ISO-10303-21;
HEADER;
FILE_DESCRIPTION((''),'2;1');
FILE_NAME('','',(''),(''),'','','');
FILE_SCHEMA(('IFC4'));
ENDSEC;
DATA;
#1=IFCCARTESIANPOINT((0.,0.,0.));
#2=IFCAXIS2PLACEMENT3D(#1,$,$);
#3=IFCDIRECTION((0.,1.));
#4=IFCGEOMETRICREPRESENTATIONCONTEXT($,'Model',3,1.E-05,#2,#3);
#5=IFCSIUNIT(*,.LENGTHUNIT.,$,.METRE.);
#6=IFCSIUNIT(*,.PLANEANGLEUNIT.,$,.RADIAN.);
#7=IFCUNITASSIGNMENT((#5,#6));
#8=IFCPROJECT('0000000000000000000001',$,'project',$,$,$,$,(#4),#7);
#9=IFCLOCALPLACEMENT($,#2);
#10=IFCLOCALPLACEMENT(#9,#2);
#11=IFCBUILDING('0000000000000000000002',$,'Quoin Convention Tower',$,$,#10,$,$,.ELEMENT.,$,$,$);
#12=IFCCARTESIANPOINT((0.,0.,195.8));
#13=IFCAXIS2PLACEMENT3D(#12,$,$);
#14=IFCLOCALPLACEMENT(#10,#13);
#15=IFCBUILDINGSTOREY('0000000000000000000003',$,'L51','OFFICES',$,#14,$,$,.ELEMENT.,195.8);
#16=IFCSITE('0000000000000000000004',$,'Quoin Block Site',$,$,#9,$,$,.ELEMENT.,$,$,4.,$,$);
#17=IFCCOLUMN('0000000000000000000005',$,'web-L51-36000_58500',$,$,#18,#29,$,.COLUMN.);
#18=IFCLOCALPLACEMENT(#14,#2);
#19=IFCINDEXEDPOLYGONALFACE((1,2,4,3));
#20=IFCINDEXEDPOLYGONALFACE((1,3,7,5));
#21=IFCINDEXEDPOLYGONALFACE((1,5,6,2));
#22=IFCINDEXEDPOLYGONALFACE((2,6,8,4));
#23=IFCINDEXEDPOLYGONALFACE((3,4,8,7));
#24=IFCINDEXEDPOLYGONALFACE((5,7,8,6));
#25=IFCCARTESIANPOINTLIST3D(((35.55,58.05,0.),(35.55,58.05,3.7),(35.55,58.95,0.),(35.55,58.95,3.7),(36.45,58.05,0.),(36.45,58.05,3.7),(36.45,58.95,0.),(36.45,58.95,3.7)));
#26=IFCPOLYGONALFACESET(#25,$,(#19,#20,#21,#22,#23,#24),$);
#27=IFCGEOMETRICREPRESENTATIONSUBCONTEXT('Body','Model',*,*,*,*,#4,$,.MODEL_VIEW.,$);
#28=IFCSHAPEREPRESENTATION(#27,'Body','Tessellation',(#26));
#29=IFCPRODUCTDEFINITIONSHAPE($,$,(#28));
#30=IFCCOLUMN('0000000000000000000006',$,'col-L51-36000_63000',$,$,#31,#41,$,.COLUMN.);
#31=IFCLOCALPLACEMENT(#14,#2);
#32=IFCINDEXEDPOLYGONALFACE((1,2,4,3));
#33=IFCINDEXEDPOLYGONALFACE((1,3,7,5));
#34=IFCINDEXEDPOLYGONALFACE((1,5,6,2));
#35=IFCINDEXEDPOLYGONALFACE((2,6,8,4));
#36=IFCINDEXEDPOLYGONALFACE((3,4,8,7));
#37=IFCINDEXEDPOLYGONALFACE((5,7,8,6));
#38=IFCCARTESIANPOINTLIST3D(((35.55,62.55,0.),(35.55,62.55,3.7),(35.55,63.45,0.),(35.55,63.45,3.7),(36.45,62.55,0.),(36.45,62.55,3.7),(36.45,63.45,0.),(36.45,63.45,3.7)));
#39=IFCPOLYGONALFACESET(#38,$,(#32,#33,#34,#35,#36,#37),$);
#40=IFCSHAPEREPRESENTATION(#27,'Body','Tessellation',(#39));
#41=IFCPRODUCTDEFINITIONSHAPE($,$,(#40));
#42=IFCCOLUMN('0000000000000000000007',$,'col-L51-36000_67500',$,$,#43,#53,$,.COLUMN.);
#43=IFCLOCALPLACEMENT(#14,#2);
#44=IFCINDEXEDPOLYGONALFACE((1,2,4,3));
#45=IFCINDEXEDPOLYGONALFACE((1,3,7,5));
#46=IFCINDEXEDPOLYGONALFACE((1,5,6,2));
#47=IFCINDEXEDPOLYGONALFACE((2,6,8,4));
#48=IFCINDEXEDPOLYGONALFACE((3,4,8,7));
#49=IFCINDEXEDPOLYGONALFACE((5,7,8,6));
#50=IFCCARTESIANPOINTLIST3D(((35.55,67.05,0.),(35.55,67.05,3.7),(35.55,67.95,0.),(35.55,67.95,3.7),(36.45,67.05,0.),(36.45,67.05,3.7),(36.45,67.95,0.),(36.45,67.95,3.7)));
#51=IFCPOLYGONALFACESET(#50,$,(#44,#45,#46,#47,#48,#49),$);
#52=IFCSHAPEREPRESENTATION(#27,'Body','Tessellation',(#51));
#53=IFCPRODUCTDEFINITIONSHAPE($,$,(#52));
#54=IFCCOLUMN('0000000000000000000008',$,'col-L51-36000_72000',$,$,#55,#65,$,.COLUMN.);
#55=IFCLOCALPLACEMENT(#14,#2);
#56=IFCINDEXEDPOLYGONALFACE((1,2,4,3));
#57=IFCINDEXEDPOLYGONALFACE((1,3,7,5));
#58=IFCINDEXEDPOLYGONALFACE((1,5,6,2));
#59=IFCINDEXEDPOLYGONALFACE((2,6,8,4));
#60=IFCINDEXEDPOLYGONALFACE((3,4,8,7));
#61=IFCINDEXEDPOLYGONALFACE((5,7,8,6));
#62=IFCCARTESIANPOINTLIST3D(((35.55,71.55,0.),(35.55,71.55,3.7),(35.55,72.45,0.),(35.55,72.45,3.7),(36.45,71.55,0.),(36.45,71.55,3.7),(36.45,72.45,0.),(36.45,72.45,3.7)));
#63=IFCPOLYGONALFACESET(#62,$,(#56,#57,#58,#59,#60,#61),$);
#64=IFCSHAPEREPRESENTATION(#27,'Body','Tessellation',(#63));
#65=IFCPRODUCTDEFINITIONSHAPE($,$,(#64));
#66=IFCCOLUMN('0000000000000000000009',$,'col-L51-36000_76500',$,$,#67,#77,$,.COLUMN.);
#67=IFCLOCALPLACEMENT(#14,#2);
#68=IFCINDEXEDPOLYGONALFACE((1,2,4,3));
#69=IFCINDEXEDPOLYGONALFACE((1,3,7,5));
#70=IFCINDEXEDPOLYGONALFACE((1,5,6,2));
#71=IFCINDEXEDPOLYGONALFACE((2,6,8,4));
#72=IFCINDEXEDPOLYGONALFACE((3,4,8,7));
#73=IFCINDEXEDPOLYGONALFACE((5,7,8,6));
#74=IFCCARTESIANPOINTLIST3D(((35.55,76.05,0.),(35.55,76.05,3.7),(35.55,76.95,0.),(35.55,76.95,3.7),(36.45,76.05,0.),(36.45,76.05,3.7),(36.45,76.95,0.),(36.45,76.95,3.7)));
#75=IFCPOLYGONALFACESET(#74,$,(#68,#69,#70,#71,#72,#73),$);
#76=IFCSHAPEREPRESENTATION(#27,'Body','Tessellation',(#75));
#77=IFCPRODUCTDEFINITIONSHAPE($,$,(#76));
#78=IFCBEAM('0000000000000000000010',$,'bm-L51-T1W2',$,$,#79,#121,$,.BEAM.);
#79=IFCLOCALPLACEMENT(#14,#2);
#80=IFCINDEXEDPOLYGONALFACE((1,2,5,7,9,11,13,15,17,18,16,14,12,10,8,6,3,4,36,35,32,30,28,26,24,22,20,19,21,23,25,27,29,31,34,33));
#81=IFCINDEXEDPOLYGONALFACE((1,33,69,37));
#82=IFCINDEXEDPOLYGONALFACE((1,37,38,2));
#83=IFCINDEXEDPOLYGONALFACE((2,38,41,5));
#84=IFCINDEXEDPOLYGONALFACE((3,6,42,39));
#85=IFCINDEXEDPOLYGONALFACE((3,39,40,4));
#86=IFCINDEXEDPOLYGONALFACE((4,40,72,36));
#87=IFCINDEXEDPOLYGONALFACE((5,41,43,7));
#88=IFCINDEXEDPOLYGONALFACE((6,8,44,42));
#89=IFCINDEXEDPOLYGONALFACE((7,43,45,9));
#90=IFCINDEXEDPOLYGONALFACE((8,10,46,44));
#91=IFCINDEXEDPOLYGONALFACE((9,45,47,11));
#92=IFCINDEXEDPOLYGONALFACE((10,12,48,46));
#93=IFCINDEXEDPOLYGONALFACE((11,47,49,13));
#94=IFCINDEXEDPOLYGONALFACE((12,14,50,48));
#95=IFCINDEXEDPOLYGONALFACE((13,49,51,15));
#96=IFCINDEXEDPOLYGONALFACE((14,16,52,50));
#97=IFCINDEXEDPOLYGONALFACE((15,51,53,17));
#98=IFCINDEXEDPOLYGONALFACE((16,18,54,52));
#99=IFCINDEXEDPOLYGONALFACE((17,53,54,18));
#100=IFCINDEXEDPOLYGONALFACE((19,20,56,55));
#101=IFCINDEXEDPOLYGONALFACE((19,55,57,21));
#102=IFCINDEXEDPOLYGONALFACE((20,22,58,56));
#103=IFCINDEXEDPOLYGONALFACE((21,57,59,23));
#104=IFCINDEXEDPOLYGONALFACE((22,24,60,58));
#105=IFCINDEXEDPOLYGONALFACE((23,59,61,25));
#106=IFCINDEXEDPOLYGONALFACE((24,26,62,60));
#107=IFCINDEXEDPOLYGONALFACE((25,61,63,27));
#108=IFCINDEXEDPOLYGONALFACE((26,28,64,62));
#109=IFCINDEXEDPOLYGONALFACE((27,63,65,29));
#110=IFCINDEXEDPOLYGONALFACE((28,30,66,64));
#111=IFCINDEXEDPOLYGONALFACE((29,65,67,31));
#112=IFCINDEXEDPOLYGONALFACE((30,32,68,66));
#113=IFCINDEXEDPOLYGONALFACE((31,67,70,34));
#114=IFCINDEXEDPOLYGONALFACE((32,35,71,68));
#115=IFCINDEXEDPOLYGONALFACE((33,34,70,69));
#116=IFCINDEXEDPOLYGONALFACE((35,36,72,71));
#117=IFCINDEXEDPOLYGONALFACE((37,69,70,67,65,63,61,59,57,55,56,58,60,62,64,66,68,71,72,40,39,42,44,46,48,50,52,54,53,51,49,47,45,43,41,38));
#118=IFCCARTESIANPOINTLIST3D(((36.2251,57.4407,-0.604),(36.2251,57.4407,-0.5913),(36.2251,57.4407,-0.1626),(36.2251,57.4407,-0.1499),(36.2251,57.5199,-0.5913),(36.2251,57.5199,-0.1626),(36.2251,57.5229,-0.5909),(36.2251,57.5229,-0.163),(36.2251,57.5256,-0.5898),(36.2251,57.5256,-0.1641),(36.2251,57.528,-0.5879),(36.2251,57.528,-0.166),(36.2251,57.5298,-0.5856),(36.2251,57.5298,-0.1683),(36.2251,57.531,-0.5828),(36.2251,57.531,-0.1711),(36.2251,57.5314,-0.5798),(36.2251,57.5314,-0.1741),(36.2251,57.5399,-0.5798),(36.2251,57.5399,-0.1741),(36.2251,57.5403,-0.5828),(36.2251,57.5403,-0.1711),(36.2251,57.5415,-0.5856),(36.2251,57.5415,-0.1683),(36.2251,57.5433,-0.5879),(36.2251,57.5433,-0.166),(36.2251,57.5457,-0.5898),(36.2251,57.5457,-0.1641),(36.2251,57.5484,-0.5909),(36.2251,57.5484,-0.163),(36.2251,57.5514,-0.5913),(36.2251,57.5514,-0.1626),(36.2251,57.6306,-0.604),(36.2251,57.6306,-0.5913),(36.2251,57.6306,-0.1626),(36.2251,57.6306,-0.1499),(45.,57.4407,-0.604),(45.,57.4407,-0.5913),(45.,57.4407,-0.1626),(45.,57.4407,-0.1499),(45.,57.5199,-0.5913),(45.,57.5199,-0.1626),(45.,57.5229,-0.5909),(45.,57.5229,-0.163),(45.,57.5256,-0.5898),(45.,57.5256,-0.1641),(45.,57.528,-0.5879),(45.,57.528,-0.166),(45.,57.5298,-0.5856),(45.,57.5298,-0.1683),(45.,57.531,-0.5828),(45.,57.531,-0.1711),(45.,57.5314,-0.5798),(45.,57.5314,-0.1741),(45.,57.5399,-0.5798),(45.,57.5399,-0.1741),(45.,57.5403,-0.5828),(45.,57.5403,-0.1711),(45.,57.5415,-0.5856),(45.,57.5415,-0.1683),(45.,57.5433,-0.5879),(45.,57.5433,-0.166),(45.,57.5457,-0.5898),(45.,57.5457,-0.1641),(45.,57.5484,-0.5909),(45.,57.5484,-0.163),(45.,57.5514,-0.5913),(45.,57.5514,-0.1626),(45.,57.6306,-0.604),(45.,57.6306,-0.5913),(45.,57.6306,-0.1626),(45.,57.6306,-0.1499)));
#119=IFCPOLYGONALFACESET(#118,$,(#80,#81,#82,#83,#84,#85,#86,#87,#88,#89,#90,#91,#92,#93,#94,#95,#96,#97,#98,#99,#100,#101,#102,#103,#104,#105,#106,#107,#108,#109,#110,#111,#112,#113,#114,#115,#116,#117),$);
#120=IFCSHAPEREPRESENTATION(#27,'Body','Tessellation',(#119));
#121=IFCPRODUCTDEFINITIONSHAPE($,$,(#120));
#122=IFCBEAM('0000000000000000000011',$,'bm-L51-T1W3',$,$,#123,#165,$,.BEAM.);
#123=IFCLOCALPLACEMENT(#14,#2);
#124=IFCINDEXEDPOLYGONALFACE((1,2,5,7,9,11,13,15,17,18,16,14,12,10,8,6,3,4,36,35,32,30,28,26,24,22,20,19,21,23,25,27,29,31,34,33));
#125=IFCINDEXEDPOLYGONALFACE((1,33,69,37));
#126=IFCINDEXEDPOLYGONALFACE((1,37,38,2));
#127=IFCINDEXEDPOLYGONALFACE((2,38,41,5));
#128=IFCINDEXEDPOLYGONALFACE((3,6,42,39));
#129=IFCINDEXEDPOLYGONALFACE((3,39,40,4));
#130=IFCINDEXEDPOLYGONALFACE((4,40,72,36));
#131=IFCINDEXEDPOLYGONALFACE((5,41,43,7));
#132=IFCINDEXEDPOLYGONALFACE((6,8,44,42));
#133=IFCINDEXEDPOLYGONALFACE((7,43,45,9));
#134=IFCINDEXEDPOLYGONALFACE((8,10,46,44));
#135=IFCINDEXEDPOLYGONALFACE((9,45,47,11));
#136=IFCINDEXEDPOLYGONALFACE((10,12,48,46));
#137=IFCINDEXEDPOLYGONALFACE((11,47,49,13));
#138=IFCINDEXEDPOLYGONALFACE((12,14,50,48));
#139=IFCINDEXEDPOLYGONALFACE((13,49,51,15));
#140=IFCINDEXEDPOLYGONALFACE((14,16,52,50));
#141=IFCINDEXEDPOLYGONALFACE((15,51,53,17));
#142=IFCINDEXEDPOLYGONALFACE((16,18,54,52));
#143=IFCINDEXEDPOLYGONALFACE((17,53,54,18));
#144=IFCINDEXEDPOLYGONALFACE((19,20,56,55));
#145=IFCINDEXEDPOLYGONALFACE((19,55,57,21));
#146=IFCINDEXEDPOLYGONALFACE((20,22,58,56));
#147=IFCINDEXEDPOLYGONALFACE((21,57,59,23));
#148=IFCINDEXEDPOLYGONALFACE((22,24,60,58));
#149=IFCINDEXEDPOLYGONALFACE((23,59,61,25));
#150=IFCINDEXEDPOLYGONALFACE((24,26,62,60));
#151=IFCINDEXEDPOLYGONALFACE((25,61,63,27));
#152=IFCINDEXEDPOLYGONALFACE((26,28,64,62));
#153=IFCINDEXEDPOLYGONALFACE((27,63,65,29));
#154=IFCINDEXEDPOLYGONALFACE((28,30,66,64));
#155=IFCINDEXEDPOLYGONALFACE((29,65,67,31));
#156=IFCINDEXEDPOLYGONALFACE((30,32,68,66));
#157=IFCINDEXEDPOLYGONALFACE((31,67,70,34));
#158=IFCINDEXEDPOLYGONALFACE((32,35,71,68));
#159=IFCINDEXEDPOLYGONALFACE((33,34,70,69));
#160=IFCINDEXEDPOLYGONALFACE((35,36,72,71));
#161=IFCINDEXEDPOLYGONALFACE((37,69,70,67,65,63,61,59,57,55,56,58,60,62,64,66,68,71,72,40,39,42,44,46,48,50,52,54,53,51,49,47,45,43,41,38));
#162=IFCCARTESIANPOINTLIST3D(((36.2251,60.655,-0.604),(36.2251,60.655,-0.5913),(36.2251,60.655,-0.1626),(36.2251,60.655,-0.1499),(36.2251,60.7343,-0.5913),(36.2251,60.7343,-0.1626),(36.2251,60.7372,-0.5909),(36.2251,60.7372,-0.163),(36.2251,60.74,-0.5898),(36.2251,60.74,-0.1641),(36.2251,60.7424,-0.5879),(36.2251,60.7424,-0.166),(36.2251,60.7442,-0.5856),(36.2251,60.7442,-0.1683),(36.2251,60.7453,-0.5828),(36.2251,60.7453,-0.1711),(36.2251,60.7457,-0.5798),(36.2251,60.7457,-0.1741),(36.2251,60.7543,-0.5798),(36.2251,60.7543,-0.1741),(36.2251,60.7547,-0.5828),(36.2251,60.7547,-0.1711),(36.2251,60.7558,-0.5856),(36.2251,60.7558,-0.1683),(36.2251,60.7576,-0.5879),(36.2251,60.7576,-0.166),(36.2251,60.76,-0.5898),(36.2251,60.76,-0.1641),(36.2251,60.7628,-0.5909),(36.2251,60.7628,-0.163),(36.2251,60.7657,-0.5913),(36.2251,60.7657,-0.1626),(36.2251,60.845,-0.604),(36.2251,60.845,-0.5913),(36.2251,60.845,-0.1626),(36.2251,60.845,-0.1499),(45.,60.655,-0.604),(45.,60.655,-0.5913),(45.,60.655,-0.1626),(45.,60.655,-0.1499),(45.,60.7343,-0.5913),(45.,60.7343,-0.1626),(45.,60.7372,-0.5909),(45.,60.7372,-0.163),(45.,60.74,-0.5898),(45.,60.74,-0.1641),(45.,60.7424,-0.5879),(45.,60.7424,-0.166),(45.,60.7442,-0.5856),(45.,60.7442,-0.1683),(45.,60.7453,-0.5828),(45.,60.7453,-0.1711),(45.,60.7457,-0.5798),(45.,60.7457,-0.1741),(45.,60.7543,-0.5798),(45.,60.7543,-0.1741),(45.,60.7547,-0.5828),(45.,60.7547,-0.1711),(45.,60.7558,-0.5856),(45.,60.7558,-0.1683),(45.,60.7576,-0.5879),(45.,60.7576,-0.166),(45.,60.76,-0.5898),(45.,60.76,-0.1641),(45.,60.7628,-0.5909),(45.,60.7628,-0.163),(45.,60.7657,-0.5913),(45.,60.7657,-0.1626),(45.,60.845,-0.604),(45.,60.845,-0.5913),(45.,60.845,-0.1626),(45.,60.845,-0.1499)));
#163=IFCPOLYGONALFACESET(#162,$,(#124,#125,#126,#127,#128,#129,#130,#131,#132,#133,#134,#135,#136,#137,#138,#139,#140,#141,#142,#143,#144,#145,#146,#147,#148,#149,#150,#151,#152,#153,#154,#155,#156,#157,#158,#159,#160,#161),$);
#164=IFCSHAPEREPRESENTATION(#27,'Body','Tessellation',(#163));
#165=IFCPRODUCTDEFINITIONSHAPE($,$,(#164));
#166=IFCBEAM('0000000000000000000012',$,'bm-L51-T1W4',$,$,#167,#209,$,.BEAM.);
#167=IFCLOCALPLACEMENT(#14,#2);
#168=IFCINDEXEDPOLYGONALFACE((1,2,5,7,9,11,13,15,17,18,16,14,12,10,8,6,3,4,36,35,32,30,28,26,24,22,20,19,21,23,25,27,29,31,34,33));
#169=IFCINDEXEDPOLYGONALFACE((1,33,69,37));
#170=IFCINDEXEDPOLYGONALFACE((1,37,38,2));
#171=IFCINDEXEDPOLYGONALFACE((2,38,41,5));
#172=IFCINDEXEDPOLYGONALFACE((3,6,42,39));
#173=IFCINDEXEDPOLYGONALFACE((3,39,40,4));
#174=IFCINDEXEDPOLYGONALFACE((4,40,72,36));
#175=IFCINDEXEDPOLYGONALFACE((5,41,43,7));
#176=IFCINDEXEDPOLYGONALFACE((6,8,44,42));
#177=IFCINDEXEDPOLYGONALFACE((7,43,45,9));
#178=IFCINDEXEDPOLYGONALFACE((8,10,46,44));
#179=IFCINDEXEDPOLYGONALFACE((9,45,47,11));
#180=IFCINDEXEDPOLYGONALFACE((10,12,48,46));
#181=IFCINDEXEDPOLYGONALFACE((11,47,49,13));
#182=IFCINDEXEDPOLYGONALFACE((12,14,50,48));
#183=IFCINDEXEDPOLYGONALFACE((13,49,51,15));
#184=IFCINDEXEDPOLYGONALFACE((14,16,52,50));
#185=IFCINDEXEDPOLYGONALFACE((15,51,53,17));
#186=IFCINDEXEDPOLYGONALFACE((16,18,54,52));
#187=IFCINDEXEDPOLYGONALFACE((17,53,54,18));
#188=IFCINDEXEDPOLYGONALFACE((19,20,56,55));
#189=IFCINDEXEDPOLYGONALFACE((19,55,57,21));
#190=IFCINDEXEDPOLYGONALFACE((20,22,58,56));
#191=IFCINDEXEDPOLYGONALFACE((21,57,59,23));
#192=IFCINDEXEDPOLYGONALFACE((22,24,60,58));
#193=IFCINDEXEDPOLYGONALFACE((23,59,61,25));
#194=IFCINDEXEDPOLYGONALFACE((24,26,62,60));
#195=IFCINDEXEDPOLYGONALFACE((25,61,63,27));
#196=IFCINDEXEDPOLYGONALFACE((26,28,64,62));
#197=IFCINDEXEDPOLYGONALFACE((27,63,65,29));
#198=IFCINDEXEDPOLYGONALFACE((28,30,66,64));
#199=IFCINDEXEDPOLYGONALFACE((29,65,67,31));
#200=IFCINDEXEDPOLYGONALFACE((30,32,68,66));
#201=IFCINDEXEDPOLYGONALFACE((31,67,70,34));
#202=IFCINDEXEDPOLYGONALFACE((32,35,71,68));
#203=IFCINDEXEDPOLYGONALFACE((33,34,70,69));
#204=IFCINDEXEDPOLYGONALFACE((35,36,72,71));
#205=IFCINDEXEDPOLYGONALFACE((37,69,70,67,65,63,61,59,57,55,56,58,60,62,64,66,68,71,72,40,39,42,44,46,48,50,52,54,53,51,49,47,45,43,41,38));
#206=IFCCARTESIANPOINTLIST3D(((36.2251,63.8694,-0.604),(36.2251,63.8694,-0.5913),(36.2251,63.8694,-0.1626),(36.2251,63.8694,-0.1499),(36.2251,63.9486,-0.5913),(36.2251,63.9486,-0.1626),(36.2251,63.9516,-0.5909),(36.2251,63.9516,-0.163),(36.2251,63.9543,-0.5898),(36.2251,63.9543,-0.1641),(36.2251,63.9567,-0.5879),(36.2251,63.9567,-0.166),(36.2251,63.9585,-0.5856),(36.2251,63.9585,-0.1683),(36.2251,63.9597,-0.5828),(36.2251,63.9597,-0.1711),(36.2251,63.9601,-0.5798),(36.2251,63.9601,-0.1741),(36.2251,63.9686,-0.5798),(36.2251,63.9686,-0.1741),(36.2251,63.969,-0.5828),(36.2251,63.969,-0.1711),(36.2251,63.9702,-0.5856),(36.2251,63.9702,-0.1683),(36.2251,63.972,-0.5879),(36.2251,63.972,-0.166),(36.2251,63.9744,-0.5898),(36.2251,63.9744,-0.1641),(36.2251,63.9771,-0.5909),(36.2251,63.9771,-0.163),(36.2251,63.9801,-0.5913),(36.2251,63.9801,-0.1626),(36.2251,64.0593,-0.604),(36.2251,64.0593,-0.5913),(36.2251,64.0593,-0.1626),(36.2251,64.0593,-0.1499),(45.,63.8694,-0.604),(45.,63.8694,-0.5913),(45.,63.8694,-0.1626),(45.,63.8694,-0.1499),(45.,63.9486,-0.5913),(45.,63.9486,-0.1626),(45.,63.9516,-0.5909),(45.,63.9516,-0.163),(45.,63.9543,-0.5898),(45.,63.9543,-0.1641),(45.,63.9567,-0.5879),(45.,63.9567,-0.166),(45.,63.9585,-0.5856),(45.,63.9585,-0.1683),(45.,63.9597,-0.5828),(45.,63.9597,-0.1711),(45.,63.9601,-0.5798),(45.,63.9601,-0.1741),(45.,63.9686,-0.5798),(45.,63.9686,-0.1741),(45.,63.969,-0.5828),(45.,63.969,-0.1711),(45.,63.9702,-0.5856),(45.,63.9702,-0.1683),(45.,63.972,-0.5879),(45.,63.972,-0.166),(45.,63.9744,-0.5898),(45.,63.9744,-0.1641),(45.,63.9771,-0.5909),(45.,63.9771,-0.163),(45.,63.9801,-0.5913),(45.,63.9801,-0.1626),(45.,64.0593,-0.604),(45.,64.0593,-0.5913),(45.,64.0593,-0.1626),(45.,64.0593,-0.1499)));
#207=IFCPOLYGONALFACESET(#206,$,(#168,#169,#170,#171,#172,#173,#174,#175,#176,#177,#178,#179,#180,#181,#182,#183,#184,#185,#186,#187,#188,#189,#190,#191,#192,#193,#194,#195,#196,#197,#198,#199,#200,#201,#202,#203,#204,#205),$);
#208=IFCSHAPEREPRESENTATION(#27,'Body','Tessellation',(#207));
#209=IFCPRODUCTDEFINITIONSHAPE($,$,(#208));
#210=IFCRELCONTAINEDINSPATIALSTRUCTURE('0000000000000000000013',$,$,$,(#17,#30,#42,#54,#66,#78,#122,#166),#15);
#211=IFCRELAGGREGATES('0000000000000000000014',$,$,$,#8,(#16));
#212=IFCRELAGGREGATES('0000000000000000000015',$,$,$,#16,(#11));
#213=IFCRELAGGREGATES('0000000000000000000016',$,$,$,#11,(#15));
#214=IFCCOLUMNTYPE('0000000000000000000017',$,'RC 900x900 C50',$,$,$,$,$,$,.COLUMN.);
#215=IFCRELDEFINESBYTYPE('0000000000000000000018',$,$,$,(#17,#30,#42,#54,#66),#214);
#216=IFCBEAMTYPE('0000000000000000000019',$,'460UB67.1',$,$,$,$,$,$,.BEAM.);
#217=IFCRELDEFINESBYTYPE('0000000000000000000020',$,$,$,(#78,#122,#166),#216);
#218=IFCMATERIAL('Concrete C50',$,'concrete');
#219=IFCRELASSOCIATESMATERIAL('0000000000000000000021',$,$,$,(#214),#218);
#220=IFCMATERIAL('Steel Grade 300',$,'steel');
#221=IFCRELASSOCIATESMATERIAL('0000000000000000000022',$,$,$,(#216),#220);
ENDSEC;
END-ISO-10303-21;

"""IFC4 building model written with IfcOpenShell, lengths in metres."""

from ifc_helpers import new_model, si_unit, direction, frame, origin, origin_2d, place, context, subcontext, project, spatial, rectangle, i_section, extrude, material, material_profile, profile_set, type_object, element, save


model = new_model("IFC4")

# Units and contexts
model_context = context("Model", 3, precision=1e-05, world=origin(), true_north=direction((0.0, 1.0)))
body_context = subcontext(model_context, "Body", "Model", "MODEL_VIEW")
ifc_project = project(units=[si_unit("LENGTHUNIT", "METRE"), si_unit("PLANEANGLEUNIT", "RADIAN")], contexts=[model_context])

# Site, building, storey
site_placement = place(None, origin())
site = spatial("IfcSite", under=ifc_project, at=site_placement, Name="Quoin Block Site", CompositionType="ELEMENT", RefElevation=4.0)
building_placement = place(site_placement, origin())
building = spatial("IfcBuilding", under=site, at=building_placement, Name="Quoin Convention Tower", CompositionType="ELEMENT")
storey_placement = place(building_placement, frame((0.0, 0.0, 195.8)))
storey = spatial("IfcBuildingStorey", under=building, at=storey_placement, Name="L51", Description="OFFICES", CompositionType="ELEMENT", Elevation=195.8)

# Columns
ifc_material_1 = material(Name="Concrete C50", Category="concrete")
ifc_material_profile_1 = material_profile(ifc_material_1, rectangle(XDim=0.8999, YDim=0.8999, at=origin_2d()), Name="RC 900x900")
ifc_profile_set_1 = profile_set([ifc_material_profile_1], Name="Concrete C50")
column_type = type_object("IfcColumnType", Name="RC 900x900 C50", PredefinedType="COLUMN", material=ifc_profile_set_1)
for number, where, z_axis, x_axis, name in (
    (1, (36.0, 58.5, 0.0), (0.0, 0.0, 1.0), (1.0, 0.0, 0.0), "web-L51-36000_58500"),
    (2, (36.0, 63.0, 0.0), (0.0, 0.0, 1.0), (1.0, 0.0, 0.0), "col-L51-36000_63000"),
    (3, (36.0, 67.5, 0.0), (0.0, 0.0, 1.0), (1.0, 0.0, 0.0), "col-L51-36000_67500"),
    (4, (36.0, 72.0, 0.0), (0.0, 0.0, 1.0), (1.0, 0.0, 0.0), "col-L51-36000_72000"),
    (5, (36.0, 76.5, 0.0), (0.0, 0.0, 1.0), (1.0, 0.0, 0.0), "col-L51-36000_76500"),
):
    element("IfcColumn", number, at=place(storey_placement, frame(where, z_axis=z_axis, x_axis=x_axis)), inside=storey, type_object=column_type, Name=name, PredefinedType="COLUMN", context=body_context, shape_type="SweptSolid", body=[
        extrude(rectangle(XDim=0.8999, YDim=0.8999, at=origin_2d()), origin(), (0.0, 0.0, 1.0), 3.7),
    ])

# Beams
ifc_material_2 = material(Name="Steel Grade 300", Category="steel")
ifc_material_profile_2 = material_profile(ifc_material_2, i_section(OverallWidth=0.1899, OverallDepth=0.4541, WebThickness=0.0085, FlangeThickness=0.0127, FilletRadius=0.0115, at=origin_2d()), Name="460UB67.1")
ifc_profile_set_2 = profile_set([ifc_material_profile_2], Name="Steel Grade 300")
beam_type_1 = type_object("IfcBeamType", Name="460UB67.1", PredefinedType="BEAM", material=ifc_profile_set_2)
for number, where, z_axis, x_axis, name in (
    (6, (36.2251, 57.5356, -0.377), (1.0, 0.0, 0.0), (0.0, 1.0, 0.0), "bm-L51-T1W2"),
    (7, (36.2251, 60.75, -0.377), (1.0, 0.0, 0.0), (0.0, 1.0, 0.0), "bm-L51-T1W3"),
    (8, (36.2251, 63.9644, -0.377), (1.0, 0.0, 0.0), (0.0, 1.0, 0.0), "bm-L51-T1W4"),
):
    element("IfcBeam", number, at=place(storey_placement, frame(where, z_axis=z_axis, x_axis=x_axis)), inside=storey, type_object=beam_type_1, Name=name, PredefinedType="BEAM", context=body_context, shape_type="SweptSolid", body=[
        extrude(i_section(OverallWidth=0.1899, OverallDepth=0.4541, WebThickness=0.0085, FlangeThickness=0.0127, FilletRadius=0.0115, at=origin_2d()), origin(), (0.0, 0.0, 1.0), 8.7749),
    ])

save(model, "model.ifc")
